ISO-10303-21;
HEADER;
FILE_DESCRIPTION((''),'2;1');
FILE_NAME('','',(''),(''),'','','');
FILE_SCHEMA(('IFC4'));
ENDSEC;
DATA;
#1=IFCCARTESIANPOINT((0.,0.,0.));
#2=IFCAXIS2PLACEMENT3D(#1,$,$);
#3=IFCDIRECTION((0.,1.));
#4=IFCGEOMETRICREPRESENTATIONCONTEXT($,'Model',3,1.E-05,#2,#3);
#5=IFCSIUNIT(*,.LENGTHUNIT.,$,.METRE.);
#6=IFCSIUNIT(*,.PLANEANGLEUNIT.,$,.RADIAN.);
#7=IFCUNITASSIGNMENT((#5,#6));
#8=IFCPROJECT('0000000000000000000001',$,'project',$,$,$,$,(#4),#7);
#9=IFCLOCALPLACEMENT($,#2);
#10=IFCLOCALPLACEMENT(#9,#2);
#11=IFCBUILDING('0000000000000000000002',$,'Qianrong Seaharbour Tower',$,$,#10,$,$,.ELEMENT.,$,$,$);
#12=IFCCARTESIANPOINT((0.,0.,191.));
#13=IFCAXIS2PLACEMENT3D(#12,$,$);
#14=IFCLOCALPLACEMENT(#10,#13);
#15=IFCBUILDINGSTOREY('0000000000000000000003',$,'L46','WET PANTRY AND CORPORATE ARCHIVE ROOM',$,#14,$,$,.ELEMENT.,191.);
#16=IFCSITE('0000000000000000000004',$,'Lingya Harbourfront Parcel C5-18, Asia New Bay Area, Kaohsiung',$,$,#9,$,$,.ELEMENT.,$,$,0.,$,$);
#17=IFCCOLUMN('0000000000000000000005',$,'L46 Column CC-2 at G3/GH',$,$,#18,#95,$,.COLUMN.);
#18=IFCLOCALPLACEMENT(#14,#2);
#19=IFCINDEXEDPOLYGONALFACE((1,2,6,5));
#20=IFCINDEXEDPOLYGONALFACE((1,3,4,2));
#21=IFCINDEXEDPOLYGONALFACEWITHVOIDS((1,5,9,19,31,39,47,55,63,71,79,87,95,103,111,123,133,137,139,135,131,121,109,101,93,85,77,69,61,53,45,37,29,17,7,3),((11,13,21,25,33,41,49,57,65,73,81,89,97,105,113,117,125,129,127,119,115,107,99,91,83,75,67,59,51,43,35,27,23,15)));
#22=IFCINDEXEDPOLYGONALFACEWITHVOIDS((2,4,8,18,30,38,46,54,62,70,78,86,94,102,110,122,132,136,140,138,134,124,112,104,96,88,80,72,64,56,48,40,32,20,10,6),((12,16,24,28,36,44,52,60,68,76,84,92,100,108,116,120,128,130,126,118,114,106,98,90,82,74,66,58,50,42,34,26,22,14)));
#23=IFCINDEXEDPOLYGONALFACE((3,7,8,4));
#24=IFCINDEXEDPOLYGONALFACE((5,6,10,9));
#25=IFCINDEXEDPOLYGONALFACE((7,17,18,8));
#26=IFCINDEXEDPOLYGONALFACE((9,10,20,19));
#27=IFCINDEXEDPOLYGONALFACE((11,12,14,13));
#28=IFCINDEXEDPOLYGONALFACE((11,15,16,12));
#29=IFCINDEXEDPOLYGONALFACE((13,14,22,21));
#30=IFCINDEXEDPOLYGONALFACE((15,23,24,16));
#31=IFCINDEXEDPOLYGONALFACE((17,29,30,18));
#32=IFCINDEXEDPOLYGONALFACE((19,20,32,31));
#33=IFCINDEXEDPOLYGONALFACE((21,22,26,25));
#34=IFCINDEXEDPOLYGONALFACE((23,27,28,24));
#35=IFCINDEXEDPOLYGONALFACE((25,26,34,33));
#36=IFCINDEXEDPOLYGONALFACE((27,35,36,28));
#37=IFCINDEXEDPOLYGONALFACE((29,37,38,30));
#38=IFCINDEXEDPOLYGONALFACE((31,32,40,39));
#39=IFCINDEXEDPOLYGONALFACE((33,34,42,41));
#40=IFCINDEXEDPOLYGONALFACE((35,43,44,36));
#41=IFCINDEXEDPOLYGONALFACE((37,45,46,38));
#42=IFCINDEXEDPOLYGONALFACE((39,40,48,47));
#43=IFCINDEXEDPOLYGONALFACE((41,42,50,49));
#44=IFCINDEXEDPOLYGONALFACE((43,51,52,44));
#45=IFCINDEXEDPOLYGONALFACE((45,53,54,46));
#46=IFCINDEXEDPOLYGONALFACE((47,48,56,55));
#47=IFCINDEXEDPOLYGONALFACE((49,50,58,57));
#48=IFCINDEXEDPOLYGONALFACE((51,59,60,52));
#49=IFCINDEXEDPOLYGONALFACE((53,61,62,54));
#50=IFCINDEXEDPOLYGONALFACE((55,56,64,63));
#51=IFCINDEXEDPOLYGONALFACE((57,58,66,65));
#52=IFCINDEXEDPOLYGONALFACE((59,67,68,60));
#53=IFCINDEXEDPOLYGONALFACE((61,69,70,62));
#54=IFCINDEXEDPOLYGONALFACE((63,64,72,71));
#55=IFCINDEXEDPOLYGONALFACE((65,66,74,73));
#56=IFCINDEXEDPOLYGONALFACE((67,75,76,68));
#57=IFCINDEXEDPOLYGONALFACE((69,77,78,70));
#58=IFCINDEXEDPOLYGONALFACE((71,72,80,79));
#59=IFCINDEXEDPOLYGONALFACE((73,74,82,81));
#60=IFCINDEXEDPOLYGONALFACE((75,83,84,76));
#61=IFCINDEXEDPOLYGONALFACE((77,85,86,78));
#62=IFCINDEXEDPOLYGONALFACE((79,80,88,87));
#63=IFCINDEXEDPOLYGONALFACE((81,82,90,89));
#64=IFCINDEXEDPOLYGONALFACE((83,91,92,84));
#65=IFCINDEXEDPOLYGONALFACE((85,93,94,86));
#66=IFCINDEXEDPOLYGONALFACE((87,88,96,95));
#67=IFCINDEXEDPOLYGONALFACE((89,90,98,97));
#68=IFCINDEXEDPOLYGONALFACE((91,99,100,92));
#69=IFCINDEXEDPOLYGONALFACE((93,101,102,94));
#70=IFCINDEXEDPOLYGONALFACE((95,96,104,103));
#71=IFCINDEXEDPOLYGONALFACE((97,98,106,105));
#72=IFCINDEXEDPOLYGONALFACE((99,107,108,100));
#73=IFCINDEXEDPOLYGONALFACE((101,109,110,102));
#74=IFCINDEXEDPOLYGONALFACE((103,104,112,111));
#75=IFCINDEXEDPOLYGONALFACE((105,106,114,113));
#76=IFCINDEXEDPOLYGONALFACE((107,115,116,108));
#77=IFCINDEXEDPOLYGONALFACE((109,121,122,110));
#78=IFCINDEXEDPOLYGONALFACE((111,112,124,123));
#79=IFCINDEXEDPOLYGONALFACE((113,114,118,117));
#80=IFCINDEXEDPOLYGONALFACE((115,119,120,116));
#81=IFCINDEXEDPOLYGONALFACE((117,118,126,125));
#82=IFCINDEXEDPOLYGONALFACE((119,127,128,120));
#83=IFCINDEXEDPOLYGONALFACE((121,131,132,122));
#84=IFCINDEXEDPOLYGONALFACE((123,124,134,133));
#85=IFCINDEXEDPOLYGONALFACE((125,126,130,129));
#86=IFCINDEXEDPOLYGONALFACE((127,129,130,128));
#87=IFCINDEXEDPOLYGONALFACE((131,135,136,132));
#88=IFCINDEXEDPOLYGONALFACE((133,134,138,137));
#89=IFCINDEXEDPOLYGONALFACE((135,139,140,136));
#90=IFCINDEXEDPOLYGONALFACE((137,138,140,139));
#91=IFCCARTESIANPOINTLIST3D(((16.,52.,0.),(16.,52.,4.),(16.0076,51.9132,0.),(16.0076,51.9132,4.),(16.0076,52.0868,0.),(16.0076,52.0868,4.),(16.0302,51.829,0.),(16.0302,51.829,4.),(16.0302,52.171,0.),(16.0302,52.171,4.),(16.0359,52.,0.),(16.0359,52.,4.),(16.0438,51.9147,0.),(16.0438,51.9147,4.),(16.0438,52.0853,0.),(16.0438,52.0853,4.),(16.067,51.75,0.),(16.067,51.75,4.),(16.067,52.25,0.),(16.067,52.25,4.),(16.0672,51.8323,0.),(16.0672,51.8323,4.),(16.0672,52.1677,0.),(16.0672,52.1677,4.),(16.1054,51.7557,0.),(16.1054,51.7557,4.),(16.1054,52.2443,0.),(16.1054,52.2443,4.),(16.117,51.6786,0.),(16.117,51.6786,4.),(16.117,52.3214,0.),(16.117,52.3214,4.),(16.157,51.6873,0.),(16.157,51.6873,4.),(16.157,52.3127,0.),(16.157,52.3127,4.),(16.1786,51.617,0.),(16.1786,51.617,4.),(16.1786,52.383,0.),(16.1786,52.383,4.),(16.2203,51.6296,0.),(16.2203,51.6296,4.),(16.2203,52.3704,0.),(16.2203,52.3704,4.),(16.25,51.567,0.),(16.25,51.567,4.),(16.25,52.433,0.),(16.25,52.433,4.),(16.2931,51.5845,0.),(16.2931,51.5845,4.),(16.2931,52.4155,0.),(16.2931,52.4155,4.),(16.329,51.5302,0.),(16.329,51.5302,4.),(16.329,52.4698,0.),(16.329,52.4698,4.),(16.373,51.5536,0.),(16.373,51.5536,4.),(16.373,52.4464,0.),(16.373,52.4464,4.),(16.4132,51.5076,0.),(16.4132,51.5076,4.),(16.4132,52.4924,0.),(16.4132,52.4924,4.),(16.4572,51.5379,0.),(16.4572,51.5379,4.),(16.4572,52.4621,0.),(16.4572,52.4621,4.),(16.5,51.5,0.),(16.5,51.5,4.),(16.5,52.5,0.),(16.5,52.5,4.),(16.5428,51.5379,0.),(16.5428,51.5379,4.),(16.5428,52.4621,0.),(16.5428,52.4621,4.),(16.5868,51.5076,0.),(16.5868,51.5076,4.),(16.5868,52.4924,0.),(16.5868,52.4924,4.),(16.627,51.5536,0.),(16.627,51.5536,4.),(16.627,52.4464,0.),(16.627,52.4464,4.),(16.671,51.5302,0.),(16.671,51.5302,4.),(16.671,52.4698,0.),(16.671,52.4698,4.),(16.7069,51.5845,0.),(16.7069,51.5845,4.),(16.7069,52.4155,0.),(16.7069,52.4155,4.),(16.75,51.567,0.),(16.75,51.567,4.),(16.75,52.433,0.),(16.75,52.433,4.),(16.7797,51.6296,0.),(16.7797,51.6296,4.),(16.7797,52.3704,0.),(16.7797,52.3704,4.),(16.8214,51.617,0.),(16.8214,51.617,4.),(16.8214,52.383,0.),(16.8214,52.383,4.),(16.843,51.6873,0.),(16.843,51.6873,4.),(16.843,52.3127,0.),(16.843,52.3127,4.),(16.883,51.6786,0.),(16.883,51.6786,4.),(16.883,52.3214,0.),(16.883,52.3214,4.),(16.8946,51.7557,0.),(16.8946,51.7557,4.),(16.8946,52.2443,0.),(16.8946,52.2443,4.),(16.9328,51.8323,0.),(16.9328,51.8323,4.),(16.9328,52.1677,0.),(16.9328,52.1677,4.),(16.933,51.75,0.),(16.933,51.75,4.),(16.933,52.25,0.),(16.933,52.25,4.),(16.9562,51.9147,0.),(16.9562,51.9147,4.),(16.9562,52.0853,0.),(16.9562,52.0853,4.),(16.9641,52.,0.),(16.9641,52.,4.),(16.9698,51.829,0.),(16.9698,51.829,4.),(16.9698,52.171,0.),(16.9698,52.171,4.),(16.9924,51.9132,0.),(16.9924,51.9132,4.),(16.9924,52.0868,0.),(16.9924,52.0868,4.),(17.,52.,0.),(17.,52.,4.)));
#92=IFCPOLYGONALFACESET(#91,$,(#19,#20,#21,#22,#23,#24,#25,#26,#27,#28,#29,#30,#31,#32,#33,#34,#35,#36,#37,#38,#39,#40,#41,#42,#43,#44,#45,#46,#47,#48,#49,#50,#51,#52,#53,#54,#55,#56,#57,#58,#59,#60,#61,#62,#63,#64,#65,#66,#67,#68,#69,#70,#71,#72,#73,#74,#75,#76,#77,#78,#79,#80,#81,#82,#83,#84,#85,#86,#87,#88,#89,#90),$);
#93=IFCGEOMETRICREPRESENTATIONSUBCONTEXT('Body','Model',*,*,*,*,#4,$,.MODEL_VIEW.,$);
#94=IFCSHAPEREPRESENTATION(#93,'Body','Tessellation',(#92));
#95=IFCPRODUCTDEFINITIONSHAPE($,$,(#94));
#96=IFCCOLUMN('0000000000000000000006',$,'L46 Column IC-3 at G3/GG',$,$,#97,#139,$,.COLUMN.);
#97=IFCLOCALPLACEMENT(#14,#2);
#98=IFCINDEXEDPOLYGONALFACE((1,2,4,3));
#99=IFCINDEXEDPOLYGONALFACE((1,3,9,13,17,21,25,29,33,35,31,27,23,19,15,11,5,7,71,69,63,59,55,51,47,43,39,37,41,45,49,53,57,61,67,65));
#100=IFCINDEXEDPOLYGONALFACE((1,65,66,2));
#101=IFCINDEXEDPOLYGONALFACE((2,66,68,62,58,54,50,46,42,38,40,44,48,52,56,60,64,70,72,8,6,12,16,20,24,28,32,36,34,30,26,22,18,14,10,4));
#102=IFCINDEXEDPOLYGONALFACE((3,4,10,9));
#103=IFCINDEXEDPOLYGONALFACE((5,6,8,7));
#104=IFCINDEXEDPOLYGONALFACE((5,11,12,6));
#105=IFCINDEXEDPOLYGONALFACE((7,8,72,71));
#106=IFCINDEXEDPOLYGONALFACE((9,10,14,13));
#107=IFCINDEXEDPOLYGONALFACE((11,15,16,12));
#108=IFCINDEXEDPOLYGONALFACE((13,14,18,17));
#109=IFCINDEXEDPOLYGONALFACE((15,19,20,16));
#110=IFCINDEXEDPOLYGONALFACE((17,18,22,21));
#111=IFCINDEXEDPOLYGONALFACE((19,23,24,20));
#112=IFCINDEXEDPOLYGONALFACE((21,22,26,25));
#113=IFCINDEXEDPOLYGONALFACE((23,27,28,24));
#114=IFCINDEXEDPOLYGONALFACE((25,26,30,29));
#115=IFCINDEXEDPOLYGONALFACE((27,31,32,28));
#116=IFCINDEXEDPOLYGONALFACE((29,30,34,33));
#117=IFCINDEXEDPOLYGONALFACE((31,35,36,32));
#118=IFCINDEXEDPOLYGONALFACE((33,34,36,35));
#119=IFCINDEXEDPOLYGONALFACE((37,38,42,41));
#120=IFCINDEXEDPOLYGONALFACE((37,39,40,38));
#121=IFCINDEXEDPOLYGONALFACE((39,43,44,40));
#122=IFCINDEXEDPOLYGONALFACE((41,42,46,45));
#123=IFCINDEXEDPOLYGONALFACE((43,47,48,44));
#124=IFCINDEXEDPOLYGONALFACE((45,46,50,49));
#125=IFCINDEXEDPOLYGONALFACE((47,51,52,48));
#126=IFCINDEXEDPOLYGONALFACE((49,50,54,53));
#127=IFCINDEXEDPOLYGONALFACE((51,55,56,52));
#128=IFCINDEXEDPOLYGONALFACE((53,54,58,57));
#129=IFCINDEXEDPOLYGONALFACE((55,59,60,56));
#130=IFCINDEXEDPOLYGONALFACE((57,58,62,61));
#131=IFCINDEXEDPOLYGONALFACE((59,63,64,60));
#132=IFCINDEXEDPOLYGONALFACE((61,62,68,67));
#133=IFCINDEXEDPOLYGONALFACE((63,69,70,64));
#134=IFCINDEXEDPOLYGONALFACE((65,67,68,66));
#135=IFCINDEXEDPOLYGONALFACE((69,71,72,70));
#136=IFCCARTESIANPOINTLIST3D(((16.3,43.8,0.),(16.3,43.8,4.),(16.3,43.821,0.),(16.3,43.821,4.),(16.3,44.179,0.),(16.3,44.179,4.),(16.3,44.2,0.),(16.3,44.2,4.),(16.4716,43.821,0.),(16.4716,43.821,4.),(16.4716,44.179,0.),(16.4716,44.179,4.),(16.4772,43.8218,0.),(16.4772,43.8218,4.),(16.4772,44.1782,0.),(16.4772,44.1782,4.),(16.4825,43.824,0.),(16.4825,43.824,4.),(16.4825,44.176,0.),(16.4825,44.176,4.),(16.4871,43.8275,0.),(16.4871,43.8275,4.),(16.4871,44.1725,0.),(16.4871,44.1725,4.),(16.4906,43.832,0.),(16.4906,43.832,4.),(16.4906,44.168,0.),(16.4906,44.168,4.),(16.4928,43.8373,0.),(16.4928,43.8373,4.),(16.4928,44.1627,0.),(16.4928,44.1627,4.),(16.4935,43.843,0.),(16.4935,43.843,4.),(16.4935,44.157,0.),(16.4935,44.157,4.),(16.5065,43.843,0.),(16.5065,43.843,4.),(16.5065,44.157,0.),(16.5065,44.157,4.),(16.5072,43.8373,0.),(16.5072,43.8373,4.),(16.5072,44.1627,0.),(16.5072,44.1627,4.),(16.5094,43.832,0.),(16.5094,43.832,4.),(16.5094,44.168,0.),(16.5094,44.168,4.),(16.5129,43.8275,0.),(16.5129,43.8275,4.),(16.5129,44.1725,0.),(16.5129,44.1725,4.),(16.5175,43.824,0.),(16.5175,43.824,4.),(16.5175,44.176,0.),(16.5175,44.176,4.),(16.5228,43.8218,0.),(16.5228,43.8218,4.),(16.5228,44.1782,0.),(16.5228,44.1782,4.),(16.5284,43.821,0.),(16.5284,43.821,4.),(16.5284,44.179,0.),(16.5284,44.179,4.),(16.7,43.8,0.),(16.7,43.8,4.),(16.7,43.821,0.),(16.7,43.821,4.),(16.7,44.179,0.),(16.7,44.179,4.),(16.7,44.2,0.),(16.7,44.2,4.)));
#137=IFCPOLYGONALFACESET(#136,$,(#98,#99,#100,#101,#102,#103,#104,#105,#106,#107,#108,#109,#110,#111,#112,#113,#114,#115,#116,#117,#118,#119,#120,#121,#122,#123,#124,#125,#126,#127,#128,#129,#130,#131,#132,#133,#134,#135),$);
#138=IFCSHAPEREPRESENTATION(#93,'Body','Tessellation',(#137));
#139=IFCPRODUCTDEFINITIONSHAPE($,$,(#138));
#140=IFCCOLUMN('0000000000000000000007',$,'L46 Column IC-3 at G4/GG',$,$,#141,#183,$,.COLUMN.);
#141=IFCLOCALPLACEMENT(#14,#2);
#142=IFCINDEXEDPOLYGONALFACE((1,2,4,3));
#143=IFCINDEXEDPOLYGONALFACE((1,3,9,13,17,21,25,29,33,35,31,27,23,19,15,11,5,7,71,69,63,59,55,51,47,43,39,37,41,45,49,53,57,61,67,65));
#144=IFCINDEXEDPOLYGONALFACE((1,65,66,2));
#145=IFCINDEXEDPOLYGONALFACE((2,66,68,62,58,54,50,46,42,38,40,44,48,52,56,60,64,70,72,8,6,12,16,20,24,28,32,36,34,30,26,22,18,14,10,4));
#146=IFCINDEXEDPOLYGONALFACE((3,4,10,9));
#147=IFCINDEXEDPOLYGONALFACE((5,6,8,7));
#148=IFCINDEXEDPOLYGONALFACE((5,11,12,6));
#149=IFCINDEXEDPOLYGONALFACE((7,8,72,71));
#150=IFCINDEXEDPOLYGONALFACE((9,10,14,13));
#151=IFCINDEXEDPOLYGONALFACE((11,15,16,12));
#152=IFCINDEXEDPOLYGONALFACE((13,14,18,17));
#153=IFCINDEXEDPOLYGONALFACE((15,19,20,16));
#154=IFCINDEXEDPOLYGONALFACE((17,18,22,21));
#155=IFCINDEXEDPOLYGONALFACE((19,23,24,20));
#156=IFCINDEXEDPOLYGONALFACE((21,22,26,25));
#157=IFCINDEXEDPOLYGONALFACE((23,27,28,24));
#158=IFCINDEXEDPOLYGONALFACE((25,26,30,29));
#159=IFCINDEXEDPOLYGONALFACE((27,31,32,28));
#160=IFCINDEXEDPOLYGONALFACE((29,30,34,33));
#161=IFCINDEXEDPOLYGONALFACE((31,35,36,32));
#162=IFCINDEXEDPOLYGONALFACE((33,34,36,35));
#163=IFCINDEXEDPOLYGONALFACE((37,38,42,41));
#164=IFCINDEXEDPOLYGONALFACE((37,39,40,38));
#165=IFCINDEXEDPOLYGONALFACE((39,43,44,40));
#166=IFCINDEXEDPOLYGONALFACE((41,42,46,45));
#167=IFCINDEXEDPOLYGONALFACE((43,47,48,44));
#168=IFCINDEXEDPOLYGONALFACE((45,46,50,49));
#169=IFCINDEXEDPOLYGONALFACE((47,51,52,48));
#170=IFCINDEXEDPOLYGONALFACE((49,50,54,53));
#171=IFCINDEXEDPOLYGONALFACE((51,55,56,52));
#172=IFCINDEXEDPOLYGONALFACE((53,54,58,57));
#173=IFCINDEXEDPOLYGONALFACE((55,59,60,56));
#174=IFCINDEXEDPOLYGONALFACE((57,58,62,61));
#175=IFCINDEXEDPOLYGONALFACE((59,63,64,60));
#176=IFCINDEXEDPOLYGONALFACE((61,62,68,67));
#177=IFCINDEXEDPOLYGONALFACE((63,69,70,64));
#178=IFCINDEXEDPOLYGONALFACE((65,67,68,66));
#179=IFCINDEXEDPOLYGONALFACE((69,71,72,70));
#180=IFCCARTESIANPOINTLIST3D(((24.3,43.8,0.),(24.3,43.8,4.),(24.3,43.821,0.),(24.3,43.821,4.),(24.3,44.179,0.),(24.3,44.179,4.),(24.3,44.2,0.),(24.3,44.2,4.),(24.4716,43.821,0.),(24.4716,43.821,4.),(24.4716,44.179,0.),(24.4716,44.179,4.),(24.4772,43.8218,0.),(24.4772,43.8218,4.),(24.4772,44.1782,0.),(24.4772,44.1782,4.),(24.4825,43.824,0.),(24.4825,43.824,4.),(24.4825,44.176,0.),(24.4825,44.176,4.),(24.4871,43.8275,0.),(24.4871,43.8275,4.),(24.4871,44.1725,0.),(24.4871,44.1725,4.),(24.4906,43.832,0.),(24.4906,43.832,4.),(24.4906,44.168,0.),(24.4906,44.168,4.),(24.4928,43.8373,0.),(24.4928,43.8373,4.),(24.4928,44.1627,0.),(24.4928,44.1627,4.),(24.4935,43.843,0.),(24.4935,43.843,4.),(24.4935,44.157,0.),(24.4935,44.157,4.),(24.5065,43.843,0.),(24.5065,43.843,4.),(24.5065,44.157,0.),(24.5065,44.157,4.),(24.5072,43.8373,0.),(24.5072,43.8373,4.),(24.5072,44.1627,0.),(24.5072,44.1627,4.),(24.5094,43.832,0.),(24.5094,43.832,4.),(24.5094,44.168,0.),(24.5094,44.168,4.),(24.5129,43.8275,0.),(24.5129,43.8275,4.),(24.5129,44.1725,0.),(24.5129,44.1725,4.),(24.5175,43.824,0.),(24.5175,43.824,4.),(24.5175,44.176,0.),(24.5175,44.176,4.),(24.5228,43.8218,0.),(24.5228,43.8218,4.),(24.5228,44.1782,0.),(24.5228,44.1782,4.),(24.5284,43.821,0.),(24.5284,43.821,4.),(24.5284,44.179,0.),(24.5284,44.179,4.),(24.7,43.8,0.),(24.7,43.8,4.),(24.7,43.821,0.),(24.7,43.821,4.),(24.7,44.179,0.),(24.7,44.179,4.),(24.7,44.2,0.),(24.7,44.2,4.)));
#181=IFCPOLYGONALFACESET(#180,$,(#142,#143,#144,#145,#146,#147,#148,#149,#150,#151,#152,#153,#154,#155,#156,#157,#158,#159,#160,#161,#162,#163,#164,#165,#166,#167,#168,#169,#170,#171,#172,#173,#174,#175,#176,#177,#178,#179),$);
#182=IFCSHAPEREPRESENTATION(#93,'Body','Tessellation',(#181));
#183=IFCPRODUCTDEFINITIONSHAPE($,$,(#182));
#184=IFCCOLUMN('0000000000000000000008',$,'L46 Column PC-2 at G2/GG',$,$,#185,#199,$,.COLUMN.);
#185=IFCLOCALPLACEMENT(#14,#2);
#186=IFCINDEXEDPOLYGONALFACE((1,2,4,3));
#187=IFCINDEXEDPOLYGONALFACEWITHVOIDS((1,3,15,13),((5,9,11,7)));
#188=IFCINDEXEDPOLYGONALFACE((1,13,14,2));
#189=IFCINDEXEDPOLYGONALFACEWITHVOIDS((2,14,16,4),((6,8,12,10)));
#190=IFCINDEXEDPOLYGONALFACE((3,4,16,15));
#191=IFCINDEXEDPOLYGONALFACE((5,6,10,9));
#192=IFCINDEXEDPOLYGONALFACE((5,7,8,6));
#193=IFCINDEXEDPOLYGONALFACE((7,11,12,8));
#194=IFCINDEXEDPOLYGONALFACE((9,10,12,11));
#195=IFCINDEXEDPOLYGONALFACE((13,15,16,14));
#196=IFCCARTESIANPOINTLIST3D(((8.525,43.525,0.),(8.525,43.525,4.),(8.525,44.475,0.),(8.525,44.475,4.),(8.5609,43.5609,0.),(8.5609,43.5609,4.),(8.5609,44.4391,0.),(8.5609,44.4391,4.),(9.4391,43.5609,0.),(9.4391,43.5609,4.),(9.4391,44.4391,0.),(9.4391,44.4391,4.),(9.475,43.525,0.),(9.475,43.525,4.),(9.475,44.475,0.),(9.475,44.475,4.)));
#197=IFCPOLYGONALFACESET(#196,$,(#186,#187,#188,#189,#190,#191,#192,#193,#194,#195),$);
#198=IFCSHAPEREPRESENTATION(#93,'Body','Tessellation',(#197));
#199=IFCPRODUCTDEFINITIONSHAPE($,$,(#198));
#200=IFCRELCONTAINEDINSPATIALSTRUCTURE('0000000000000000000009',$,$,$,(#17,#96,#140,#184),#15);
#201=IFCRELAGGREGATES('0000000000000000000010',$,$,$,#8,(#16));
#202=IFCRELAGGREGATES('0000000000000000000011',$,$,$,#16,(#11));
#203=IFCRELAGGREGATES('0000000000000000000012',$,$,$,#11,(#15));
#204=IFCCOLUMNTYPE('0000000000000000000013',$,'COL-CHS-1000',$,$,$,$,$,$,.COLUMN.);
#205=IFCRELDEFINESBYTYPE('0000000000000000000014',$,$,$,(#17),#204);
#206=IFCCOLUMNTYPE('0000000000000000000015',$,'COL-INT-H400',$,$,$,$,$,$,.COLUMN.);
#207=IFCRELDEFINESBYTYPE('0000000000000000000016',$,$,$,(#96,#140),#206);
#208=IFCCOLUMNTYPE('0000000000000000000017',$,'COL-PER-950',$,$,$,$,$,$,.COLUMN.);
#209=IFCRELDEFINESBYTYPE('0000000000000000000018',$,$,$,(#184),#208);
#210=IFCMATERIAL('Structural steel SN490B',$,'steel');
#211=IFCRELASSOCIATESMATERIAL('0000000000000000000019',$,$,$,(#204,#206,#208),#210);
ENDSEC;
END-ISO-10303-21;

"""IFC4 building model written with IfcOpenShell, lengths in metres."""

from ifc_helpers import new_model, si_unit, direction, frame, origin, origin_2d, place, context, subcontext, project, spatial, hollow_rectangle, hollow_circle, i_section, extrude, material, material_profile, profile_set, type_object, element, save


model = new_model("IFC4")

# Units and contexts
model_context = context("Model", 3, precision=1e-05, world=origin(), true_north=direction((0.0, 1.0)))
body_context = subcontext(model_context, "Body", "Model", "MODEL_VIEW")
ifc_project = project(units=[si_unit("LENGTHUNIT", "METRE"), si_unit("PLANEANGLEUNIT", "RADIAN")], contexts=[model_context])

# Site, building, storey
site_placement = place(None, origin())
site = spatial("IfcSite", under=ifc_project, at=site_placement, Name="Lingya Harbourfront Parcel C5-18, Asia New Bay Area, Kaohsiung", CompositionType="ELEMENT", RefElevation=0.0)
building_placement = place(site_placement, origin())
building = spatial("IfcBuilding", under=site, at=building_placement, Name="Qianrong Seaharbour Tower", CompositionType="ELEMENT")
storey_placement = place(building_placement, frame((0.0, 0.0, 191.0)))
storey = spatial("IfcBuildingStorey", under=building, at=storey_placement, Name="L46", Description="WET PANTRY AND CORPORATE ARCHIVE ROOM", CompositionType="ELEMENT", Elevation=191.0)

# Columns
ifc_material_1 = material(Name="Structural steel SN490B", Category="steel")
ifc_material_profile_1 = material_profile(ifc_material_1, hollow_circle(Radius=0.5, WallThickness=0.0359, at=origin_2d()), Name="CHS1000x36")
ifc_profile_set_1 = profile_set([ifc_material_profile_1], Name="Structural steel SN490B")
column_type_1 = type_object("IfcColumnType", Name="COL-CHS-1000", PredefinedType="COLUMN", material=ifc_profile_set_1)
column_placement = place(storey_placement, frame((16.5, 52.0, 0.0), z_axis=(0.0, 0.0, 1.0), x_axis=(1.0, 0.0, 0.0)))
element("IfcColumn", 1, at=column_placement, inside=storey, type_object=column_type_1, Name="L46 Column CC-2 at G3/GH", PredefinedType="COLUMN", context=body_context, shape_type="SweptSolid", body=[
    extrude(hollow_circle(Radius=0.5, WallThickness=0.0359, at=origin_2d()), origin(), (0.0, 0.0, 1.0), 4.0),
])
ifc_material_profile_2 = material_profile(ifc_material_1, i_section(OverallWidth=0.3999, OverallDepth=0.3999, WebThickness=0.0129, FlangeThickness=0.021, FilletRadius=0.022, at=origin_2d()), Name="H400x400x13x21")
ifc_profile_set_2 = profile_set([ifc_material_profile_2], Name="Structural steel SN490B")
column_type_2 = type_object("IfcColumnType", Name="COL-INT-H400", PredefinedType="COLUMN", material=ifc_profile_set_2)
for number, where, z_axis, x_axis, name in (
    (2, (16.5, 44.0, 0.0), (0.0, 0.0, 1.0), (1.0, 0.0, 0.0), "L46 Column IC-3 at G3/GG"),
    (3, (24.5, 44.0, 0.0), (0.0, 0.0, 1.0), (1.0, 0.0, 0.0), "L46 Column IC-3 at G4/GG"),
):
    element("IfcColumn", number, at=place(storey_placement, frame(where, z_axis=z_axis, x_axis=x_axis)), inside=storey, type_object=column_type_2, Name=name, PredefinedType="COLUMN", context=body_context, shape_type="SweptSolid", body=[
        extrude(i_section(OverallWidth=0.3999, OverallDepth=0.3999, WebThickness=0.0129, FlangeThickness=0.021, FilletRadius=0.022, at=origin_2d()), origin(), (0.0, 0.0, 1.0), 4.0),
    ])
ifc_material_profile_3 = material_profile(ifc_material_1, hollow_rectangle(XDim=0.95, YDim=0.95, WallThickness=0.0359, at=origin_2d()), Name="BOX950x950x36")
ifc_profile_set_3 = profile_set([ifc_material_profile_3], Name="Structural steel SN490B")
column_type_3 = type_object("IfcColumnType", Name="COL-PER-950", PredefinedType="COLUMN", material=ifc_profile_set_3)
for number, where, z_axis, x_axis, name in (
    (4, (9.0, 44.0, 0.0), (0.0, 0.0, 1.0), (1.0, 0.0, 0.0), "L46 Column PC-2 at G2/GG"),
):
    element("IfcColumn", number, at=place(storey_placement, frame(where, z_axis=z_axis, x_axis=x_axis)), inside=storey, type_object=column_type_3, Name=name, PredefinedType="COLUMN", context=body_context, shape_type="SweptSolid", body=[
        extrude(hollow_rectangle(XDim=0.95, YDim=0.95, WallThickness=0.0359, at=origin_2d()), origin(), (0.0, 0.0, 1.0), 4.0),
    ])

save(model, "model.ifc")
